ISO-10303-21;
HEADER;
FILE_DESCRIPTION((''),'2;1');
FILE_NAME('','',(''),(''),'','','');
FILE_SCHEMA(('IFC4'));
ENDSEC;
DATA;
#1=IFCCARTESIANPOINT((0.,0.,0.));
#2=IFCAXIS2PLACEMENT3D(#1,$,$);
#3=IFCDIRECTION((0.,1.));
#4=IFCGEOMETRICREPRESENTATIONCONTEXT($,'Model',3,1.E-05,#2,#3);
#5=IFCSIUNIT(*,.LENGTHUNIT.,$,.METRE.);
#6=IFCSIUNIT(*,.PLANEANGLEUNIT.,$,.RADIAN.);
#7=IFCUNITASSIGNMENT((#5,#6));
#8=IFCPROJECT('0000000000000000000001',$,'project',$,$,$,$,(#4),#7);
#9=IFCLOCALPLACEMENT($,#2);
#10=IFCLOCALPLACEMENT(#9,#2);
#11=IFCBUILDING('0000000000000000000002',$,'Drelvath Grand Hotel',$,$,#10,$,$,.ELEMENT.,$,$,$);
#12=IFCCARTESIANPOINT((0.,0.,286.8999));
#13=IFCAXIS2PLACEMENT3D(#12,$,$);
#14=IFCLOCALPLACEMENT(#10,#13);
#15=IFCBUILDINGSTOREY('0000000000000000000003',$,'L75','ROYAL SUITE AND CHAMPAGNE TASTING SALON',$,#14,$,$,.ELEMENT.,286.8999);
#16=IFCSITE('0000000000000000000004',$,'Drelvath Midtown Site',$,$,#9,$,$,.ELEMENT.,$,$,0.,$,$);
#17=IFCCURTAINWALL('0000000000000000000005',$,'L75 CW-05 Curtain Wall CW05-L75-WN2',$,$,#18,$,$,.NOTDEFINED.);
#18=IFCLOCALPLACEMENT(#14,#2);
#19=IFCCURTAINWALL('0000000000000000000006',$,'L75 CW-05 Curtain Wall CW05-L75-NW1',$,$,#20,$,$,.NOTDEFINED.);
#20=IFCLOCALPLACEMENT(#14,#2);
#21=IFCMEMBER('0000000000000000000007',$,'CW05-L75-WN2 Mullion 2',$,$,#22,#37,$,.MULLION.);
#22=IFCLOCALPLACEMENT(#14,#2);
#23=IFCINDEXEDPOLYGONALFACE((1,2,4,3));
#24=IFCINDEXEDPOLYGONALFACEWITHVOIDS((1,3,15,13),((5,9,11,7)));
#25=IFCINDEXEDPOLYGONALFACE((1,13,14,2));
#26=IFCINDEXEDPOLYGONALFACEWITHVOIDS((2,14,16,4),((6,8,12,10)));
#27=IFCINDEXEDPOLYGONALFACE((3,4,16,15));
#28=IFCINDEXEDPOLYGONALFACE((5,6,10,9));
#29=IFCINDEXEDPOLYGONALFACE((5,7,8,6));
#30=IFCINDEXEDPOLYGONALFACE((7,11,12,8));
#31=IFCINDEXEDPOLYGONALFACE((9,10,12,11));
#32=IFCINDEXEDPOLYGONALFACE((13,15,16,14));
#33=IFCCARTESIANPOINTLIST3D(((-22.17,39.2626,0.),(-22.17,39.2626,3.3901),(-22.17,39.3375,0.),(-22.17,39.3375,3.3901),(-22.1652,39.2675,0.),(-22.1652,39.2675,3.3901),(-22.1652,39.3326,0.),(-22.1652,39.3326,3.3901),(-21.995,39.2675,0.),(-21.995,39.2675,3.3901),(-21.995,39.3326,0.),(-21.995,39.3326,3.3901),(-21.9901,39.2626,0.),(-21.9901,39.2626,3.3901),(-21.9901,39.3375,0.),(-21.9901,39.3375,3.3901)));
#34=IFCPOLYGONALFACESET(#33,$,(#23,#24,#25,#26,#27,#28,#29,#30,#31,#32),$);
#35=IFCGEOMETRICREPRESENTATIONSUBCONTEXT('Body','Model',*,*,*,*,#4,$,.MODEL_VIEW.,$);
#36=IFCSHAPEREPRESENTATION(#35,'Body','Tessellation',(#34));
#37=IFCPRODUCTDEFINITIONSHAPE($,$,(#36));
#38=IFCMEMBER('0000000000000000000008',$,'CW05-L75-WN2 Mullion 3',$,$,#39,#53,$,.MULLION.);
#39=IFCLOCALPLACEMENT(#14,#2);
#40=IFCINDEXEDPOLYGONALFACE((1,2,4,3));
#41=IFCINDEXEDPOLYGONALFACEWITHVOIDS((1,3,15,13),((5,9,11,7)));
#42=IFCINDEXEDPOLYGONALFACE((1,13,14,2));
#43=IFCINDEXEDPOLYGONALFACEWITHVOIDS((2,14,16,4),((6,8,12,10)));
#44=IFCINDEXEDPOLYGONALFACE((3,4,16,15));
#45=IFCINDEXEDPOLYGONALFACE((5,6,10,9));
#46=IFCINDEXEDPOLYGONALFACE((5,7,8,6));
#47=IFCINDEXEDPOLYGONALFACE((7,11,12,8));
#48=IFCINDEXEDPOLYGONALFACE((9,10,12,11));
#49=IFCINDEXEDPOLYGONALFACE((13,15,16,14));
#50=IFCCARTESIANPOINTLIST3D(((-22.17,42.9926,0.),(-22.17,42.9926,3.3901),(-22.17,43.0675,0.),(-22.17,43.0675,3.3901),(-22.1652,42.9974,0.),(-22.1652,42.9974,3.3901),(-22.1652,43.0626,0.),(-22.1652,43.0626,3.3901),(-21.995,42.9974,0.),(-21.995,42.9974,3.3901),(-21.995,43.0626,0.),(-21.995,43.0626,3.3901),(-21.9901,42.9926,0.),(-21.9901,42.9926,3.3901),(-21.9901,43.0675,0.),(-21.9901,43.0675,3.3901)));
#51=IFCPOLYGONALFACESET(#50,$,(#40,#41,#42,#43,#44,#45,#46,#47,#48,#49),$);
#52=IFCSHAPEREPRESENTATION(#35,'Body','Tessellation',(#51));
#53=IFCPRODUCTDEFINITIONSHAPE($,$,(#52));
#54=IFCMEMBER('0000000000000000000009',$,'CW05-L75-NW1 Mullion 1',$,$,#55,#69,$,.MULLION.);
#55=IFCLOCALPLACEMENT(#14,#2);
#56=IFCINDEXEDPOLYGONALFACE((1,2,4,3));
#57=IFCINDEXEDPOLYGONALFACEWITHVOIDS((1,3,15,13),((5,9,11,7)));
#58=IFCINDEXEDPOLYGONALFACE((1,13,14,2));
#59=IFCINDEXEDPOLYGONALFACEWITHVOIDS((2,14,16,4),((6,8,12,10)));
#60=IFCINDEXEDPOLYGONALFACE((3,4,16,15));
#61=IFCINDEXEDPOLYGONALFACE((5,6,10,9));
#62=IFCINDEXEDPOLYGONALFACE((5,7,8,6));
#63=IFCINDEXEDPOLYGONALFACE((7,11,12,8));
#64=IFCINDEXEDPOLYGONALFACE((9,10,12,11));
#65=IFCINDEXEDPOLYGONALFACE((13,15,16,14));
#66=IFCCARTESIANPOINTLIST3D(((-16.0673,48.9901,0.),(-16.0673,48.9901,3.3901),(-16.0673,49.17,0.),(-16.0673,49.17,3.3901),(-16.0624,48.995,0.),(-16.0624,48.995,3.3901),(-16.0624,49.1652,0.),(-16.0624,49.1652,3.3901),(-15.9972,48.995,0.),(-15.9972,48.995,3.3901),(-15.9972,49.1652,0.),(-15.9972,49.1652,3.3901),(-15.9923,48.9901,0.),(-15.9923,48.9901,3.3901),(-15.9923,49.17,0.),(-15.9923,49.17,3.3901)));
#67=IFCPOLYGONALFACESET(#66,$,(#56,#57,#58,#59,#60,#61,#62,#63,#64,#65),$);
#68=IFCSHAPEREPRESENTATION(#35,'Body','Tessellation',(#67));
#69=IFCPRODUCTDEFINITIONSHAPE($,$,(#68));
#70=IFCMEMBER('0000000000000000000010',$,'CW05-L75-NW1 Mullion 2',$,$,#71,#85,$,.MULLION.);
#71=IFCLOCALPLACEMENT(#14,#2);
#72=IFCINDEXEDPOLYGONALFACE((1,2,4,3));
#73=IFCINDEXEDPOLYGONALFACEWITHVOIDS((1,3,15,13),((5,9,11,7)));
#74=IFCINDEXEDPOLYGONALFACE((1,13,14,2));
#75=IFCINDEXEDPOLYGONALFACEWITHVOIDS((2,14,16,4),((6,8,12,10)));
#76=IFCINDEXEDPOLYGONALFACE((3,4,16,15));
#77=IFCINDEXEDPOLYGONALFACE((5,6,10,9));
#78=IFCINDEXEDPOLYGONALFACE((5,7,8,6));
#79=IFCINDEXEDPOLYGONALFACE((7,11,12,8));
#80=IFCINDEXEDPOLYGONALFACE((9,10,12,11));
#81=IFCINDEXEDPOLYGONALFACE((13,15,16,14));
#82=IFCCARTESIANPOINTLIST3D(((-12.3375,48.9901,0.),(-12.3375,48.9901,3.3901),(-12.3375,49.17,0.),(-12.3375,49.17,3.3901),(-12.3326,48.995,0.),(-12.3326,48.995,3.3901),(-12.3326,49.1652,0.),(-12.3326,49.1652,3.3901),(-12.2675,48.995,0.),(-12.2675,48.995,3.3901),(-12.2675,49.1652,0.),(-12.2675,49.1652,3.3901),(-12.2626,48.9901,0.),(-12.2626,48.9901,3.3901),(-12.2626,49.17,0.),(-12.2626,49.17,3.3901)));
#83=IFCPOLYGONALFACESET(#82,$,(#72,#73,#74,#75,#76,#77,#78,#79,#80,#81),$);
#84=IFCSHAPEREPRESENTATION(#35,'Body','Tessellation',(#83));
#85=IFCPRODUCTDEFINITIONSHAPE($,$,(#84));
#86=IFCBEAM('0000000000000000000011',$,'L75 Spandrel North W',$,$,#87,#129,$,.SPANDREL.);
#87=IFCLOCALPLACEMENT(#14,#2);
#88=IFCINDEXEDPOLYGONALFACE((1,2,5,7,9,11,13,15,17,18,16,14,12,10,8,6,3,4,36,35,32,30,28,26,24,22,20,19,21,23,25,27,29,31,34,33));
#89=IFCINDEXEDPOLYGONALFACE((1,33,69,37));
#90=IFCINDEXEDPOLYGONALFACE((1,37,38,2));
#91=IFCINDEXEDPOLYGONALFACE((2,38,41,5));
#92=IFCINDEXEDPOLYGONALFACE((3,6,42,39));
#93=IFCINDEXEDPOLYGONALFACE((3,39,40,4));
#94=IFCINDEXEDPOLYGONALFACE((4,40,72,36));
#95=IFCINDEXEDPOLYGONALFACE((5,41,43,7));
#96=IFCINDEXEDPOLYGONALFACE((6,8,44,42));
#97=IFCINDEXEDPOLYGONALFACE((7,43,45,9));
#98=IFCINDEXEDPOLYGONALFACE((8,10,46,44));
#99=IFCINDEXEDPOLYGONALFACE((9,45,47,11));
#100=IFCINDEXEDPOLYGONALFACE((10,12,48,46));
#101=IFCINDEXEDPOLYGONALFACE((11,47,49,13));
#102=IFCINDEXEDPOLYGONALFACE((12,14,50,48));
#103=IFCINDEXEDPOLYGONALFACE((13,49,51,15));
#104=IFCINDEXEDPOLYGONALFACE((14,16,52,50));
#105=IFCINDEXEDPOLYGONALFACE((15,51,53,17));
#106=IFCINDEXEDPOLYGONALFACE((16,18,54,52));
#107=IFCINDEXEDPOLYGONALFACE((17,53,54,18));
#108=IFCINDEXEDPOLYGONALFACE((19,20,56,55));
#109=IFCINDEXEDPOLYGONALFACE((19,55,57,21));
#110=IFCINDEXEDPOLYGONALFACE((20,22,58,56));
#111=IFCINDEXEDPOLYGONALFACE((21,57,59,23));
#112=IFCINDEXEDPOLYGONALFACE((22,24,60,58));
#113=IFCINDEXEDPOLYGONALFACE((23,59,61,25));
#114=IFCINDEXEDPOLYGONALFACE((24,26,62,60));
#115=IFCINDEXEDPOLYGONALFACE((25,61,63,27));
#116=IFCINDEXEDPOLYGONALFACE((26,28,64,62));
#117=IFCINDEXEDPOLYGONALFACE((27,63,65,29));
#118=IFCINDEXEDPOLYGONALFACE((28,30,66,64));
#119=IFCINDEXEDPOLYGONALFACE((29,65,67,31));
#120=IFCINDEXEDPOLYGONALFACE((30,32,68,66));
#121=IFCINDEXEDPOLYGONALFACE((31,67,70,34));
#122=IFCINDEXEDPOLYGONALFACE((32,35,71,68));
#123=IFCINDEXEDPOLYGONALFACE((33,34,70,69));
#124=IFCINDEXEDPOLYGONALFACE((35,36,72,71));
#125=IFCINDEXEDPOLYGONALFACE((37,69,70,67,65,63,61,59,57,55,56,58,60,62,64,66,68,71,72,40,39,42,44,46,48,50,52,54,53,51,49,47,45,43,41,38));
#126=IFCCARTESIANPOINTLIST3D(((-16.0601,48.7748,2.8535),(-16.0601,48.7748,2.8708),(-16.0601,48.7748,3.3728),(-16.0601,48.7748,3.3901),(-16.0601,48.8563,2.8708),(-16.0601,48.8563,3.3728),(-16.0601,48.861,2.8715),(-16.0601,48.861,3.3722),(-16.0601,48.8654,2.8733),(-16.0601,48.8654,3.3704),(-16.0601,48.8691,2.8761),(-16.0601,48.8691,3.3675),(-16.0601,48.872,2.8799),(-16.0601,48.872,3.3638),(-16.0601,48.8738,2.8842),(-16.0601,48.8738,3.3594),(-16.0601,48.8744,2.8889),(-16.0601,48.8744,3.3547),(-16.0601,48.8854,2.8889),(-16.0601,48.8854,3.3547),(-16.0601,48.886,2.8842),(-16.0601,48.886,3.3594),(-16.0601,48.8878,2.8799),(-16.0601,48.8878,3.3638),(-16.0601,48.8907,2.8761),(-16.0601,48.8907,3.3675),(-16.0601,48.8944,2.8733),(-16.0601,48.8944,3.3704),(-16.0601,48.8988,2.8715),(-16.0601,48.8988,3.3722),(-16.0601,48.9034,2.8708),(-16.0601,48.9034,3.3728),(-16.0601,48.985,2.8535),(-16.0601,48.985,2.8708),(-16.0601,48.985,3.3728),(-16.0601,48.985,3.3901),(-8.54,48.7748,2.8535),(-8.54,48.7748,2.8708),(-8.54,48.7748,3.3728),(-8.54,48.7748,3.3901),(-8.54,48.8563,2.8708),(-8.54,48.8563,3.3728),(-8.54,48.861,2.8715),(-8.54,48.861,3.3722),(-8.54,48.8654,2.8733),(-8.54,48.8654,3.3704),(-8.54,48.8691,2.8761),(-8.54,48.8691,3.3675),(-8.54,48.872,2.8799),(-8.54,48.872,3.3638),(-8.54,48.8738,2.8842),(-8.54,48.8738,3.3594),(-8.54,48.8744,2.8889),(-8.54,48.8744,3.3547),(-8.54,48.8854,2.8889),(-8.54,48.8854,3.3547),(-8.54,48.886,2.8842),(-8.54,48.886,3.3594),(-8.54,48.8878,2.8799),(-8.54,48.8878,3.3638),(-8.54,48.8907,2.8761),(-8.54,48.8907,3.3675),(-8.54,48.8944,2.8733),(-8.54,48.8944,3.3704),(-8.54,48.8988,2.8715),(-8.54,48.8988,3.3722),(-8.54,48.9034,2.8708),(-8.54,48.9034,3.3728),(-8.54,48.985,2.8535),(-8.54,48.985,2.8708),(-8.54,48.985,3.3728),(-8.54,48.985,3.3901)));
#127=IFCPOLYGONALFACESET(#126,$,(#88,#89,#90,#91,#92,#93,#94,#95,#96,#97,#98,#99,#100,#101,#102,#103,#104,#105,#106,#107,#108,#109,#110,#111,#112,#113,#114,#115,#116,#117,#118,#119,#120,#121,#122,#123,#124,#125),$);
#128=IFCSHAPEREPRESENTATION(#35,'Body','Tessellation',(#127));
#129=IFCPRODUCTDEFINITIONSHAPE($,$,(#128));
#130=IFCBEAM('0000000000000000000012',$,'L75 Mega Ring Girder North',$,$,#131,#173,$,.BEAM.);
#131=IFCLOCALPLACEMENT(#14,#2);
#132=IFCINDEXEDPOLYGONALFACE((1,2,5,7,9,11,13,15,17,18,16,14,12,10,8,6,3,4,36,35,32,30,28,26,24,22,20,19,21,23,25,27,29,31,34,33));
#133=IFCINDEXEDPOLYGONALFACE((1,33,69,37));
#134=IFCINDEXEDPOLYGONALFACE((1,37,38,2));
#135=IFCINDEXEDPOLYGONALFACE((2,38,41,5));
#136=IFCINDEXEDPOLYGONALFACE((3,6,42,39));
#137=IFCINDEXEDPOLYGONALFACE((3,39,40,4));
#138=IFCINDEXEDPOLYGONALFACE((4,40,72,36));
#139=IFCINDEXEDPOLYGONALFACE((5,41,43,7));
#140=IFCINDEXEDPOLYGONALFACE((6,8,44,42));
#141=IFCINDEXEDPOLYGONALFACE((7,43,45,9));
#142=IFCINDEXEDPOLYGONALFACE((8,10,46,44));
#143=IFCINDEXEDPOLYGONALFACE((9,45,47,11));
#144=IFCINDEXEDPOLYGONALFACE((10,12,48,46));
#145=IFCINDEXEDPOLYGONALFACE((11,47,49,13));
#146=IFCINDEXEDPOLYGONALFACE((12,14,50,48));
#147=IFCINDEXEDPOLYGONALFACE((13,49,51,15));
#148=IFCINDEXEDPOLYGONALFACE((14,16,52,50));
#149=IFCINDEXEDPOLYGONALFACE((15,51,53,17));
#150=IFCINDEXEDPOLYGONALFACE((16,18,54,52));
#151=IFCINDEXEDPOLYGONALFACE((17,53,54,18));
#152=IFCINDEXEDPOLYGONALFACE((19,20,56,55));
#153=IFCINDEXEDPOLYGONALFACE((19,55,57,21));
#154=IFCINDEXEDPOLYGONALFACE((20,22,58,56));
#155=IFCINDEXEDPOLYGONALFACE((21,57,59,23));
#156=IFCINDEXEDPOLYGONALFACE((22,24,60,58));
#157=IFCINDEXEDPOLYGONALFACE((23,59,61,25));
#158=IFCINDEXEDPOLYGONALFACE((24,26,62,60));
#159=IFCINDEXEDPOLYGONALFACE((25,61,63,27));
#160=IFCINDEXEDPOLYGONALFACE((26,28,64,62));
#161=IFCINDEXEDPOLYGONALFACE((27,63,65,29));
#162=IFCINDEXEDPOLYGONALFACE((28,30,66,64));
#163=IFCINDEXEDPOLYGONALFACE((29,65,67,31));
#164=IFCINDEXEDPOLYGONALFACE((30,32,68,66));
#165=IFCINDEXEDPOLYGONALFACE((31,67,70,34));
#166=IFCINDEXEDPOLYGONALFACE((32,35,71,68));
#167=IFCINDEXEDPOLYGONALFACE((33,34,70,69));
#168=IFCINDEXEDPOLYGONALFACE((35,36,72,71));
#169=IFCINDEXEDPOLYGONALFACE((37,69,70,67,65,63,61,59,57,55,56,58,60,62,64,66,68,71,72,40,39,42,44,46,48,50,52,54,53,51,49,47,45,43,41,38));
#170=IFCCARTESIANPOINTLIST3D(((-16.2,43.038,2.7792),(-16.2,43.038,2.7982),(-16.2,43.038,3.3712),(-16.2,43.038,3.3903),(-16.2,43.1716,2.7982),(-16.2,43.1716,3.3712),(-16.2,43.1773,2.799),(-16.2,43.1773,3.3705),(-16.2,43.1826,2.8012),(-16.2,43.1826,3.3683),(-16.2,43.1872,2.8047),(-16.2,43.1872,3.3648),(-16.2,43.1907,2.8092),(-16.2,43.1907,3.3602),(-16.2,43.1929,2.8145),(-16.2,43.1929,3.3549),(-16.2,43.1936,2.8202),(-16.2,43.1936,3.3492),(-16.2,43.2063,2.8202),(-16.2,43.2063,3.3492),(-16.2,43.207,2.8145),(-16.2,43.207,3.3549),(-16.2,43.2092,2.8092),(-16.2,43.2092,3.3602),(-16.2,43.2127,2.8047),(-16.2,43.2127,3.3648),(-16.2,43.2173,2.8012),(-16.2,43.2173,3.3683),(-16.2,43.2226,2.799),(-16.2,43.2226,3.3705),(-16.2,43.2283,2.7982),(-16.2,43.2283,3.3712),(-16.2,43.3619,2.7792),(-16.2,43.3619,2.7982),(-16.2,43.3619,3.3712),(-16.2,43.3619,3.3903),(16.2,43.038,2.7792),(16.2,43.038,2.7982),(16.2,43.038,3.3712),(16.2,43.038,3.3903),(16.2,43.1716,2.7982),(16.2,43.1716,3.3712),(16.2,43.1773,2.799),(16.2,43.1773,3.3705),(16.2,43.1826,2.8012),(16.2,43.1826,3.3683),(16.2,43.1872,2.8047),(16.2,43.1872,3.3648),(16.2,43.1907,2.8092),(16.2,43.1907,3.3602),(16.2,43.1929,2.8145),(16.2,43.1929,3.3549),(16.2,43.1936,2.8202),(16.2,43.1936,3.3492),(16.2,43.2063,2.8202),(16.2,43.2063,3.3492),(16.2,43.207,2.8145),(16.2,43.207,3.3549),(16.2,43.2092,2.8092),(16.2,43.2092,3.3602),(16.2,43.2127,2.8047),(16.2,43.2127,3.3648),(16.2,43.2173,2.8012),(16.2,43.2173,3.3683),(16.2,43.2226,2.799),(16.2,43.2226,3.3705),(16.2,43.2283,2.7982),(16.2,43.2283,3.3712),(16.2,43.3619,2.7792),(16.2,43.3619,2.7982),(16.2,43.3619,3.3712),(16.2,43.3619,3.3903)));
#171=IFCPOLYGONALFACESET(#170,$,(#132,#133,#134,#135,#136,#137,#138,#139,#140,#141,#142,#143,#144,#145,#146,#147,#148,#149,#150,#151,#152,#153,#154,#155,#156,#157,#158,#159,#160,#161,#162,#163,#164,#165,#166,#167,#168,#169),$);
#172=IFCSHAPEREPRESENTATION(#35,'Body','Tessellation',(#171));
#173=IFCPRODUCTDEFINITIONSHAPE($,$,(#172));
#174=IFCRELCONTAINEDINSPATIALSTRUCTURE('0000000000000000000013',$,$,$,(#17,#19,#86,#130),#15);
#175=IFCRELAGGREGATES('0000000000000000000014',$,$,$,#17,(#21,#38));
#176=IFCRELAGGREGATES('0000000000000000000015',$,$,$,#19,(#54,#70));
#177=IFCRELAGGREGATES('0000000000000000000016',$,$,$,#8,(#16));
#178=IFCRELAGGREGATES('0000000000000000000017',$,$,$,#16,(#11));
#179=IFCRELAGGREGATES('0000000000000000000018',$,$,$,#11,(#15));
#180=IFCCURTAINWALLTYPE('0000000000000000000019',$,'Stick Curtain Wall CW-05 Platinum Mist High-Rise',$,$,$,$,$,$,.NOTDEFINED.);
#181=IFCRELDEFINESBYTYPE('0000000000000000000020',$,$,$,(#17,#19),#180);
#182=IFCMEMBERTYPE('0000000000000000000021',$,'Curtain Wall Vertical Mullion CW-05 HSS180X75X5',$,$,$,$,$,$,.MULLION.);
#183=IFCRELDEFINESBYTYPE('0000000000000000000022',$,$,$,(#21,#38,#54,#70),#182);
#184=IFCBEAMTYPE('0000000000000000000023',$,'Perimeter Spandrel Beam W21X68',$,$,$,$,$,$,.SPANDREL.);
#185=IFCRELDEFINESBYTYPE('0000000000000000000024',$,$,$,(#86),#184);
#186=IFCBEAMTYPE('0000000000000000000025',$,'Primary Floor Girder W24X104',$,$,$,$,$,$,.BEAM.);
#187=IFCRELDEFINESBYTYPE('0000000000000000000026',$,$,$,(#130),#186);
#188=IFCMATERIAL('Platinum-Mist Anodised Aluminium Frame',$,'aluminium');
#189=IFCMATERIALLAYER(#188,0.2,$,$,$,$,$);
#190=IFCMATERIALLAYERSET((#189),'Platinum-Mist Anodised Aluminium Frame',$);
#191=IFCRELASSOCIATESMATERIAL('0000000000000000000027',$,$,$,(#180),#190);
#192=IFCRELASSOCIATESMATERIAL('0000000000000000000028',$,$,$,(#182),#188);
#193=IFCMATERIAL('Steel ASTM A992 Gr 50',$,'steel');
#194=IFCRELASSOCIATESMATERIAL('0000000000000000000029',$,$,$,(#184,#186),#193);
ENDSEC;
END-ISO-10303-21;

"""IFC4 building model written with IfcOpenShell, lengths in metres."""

from ifc_helpers import new_model, si_unit, direction, frame, origin, origin_2d, place, context, subcontext, project, spatial, hollow_rectangle, i_section, extrude, material, layer, layer_set, material_profile, profile_set, type_object, element, aggregate, save


model = new_model("IFC4")

# Units and contexts
model_context = context("Model", 3, precision=1e-05, world=origin(), true_north=direction((0.0, 1.0)))
body_context = subcontext(model_context, "Body", "Model", "MODEL_VIEW")
ifc_project = project(units=[si_unit("LENGTHUNIT", "METRE"), si_unit("PLANEANGLEUNIT", "RADIAN")], contexts=[model_context])

# Site, building, storey
site_placement = place(None, origin())
site = spatial("IfcSite", under=ifc_project, at=site_placement, Name="Drelvath Midtown Site", CompositionType="ELEMENT", RefElevation=0.0)
building_placement = place(site_placement, origin())
building = spatial("IfcBuilding", under=site, at=building_placement, Name="Drelvath Grand Hotel", CompositionType="ELEMENT")
storey_placement = place(building_placement, frame((0.0, 0.0, 286.8999)))
storey = spatial("IfcBuildingStorey", under=building, at=storey_placement, Name="L75", Description="ROYAL SUITE AND CHAMPAGNE TASTING SALON", CompositionType="ELEMENT", Elevation=286.8999)

# Shared definitions
ifc_material_1 = material(Name="Steel ASTM A992 Gr 50", Category="steel")

# Curtain walls
ifc_material_2 = material(Name="Platinum-Mist Anodised Aluminium Frame", Category="aluminium")
ifc_layer_1 = layer(ifc_material_2, 0.2)
ifc_layer_set_1 = layer_set([ifc_layer_1], Name="Platinum-Mist Anodised Aluminium Frame")
curtain_wall_type = type_object("IfcCurtainWallType", Name="Stick Curtain Wall CW-05 Platinum Mist High-Rise", PredefinedType="NOTDEFINED", material=ifc_layer_set_1)
curtain_wall_1_placement = place(storey_placement, origin())
curtain_wall_1 = element("IfcCurtainWall", 1, at=curtain_wall_1_placement, inside=storey, type_object=curtain_wall_type, Name="L75 CW-05 Curtain Wall CW05-L75-WN2", PredefinedType="NOTDEFINED")
curtain_wall_2_placement = place(storey_placement, origin())
curtain_wall_2 = element("IfcCurtainWall", 2, at=curtain_wall_2_placement, inside=storey, type_object=curtain_wall_type, Name="L75 CW-05 Curtain Wall CW05-L75-NW1", PredefinedType="NOTDEFINED")

# Members
ifc_material_profile_1 = material_profile(ifc_material_2, hollow_rectangle(XDim=0.075, YDim=0.1799, WallThickness=0.0049, at=origin_2d()), Name="HSS180X75X5")
ifc_profile_set_1 = profile_set([ifc_material_profile_1], Name="Platinum-Mist Anodised Aluminium Frame")
member_type_1 = type_object("IfcMemberType", Name="Curtain Wall Vertical Mullion CW-05 HSS180X75X5", PredefinedType="MULLION", material=ifc_profile_set_1)
member_1_placement = place(storey_placement, frame((-22.0801, 39.3, 0.0), z_axis=(0.0, 0.0, 1.0), x_axis=(0.0, 1.0, 0.0)))
member_1 = element("IfcMember", 3, at=member_1_placement, type_object=member_type_1, Name="CW05-L75-WN2 Mullion 2", PredefinedType="MULLION", context=body_context, shape_type="SweptSolid", body=[
    extrude(hollow_rectangle(XDim=0.075, YDim=0.1799, WallThickness=0.0049, at=origin_2d()), origin(), (0.0, 0.0, 1.0), 3.3901),
])
member_2_placement = place(storey_placement, frame((-22.0801, 43.03, 0.0), z_axis=(0.0, 0.0, 1.0), x_axis=(0.0, 1.0, 0.0)))
member_2 = element("IfcMember", 4, at=member_2_placement, type_object=member_type_1, Name="CW05-L75-WN2 Mullion 3", PredefinedType="MULLION", context=body_context, shape_type="SweptSolid", body=[
    extrude(hollow_rectangle(XDim=0.075, YDim=0.1799, WallThickness=0.0049, at=origin_2d()), origin(), (0.0, 0.0, 1.0), 3.3901),
])
member_3_placement = place(storey_placement, frame((-16.0298, 49.0801, 0.0), z_axis=(0.0, 0.0, 1.0), x_axis=(1.0, 0.0, 0.0)))
member_3 = element("IfcMember", 5, at=member_3_placement, type_object=member_type_1, Name="CW05-L75-NW1 Mullion 1", PredefinedType="MULLION", context=body_context, shape_type="SweptSolid", body=[
    extrude(hollow_rectangle(XDim=0.075, YDim=0.1799, WallThickness=0.0049, at=origin_2d()), origin(), (0.0, 0.0, 1.0), 3.3901),
])
member_4_placement = place(storey_placement, frame((-12.3, 49.0801, 0.0), z_axis=(0.0, 0.0, 1.0), x_axis=(1.0, 0.0, 0.0)))
member_4 = element("IfcMember", 6, at=member_4_placement, type_object=member_type_1, Name="CW05-L75-NW1 Mullion 2", PredefinedType="MULLION", context=body_context, shape_type="SweptSolid", body=[
    extrude(hollow_rectangle(XDim=0.075, YDim=0.1799, WallThickness=0.0049, at=origin_2d()), origin(), (0.0, 0.0, 1.0), 3.3901),
])

# Beams
ifc_material_profile_2 = material_profile(ifc_material_1, i_section(OverallWidth=0.2102, OverallDepth=0.5366, WebThickness=0.011, FlangeThickness=0.0173, FilletRadius=0.0181, at=origin_2d()), Name="W21X68")
ifc_profile_set_2 = profile_set([ifc_material_profile_2], Name="Steel ASTM A992 Gr 50")
beam_type_1 = type_object("IfcBeamType", Name="Perimeter Spandrel Beam W21X68", PredefinedType="SPANDREL", material=ifc_profile_set_2)
beam_1_placement = place(storey_placement, frame((-16.0601, 48.8799, 3.1218), z_axis=(1.0, 0.0, 0.0), x_axis=(0.0, 1.0, 0.0)))
element("IfcBeam", 7, at=beam_1_placement, inside=storey, type_object=beam_type_1, Name="L75 Spandrel North W", PredefinedType="SPANDREL", context=body_context, shape_type="SweptSolid", body=[
    extrude(i_section(OverallWidth=0.2102, OverallDepth=0.5366, WebThickness=0.011, FlangeThickness=0.0173, FilletRadius=0.0181, at=origin_2d()), origin(), (0.0, 0.0, 1.0), 7.52),
])
ifc_material_profile_3 = material_profile(ifc_material_1, i_section(OverallWidth=0.324, OverallDepth=0.6111, WebThickness=0.0127, FlangeThickness=0.019, FilletRadius=0.022, at=origin_2d()), Name="W24X104")
ifc_profile_set_3 = profile_set([ifc_material_profile_3], Name="Steel ASTM A992 Gr 50")
beam_type_2 = type_object("IfcBeamType", Name="Primary Floor Girder W24X104", PredefinedType="BEAM", material=ifc_profile_set_3)
beam_2_placement = place(storey_placement, frame((-16.2, 43.2, 3.0847), z_axis=(1.0, 0.0, 0.0), x_axis=(0.0, 1.0, 0.0)))
element("IfcBeam", 8, at=beam_2_placement, inside=storey, type_object=beam_type_2, Name="L75 Mega Ring Girder North", PredefinedType="BEAM", context=body_context, shape_type="SweptSolid", body=[
    extrude(i_section(OverallWidth=0.324, OverallDepth=0.6111, WebThickness=0.0127, FlangeThickness=0.019, FilletRadius=0.022, at=origin_2d()), origin(), (0.0, 0.0, 1.0), 32.3999),
])

aggregate(curtain_wall_1, [member_1, member_2])
aggregate(curtain_wall_2, [member_3, member_4])

save(model, "model.ifc")
